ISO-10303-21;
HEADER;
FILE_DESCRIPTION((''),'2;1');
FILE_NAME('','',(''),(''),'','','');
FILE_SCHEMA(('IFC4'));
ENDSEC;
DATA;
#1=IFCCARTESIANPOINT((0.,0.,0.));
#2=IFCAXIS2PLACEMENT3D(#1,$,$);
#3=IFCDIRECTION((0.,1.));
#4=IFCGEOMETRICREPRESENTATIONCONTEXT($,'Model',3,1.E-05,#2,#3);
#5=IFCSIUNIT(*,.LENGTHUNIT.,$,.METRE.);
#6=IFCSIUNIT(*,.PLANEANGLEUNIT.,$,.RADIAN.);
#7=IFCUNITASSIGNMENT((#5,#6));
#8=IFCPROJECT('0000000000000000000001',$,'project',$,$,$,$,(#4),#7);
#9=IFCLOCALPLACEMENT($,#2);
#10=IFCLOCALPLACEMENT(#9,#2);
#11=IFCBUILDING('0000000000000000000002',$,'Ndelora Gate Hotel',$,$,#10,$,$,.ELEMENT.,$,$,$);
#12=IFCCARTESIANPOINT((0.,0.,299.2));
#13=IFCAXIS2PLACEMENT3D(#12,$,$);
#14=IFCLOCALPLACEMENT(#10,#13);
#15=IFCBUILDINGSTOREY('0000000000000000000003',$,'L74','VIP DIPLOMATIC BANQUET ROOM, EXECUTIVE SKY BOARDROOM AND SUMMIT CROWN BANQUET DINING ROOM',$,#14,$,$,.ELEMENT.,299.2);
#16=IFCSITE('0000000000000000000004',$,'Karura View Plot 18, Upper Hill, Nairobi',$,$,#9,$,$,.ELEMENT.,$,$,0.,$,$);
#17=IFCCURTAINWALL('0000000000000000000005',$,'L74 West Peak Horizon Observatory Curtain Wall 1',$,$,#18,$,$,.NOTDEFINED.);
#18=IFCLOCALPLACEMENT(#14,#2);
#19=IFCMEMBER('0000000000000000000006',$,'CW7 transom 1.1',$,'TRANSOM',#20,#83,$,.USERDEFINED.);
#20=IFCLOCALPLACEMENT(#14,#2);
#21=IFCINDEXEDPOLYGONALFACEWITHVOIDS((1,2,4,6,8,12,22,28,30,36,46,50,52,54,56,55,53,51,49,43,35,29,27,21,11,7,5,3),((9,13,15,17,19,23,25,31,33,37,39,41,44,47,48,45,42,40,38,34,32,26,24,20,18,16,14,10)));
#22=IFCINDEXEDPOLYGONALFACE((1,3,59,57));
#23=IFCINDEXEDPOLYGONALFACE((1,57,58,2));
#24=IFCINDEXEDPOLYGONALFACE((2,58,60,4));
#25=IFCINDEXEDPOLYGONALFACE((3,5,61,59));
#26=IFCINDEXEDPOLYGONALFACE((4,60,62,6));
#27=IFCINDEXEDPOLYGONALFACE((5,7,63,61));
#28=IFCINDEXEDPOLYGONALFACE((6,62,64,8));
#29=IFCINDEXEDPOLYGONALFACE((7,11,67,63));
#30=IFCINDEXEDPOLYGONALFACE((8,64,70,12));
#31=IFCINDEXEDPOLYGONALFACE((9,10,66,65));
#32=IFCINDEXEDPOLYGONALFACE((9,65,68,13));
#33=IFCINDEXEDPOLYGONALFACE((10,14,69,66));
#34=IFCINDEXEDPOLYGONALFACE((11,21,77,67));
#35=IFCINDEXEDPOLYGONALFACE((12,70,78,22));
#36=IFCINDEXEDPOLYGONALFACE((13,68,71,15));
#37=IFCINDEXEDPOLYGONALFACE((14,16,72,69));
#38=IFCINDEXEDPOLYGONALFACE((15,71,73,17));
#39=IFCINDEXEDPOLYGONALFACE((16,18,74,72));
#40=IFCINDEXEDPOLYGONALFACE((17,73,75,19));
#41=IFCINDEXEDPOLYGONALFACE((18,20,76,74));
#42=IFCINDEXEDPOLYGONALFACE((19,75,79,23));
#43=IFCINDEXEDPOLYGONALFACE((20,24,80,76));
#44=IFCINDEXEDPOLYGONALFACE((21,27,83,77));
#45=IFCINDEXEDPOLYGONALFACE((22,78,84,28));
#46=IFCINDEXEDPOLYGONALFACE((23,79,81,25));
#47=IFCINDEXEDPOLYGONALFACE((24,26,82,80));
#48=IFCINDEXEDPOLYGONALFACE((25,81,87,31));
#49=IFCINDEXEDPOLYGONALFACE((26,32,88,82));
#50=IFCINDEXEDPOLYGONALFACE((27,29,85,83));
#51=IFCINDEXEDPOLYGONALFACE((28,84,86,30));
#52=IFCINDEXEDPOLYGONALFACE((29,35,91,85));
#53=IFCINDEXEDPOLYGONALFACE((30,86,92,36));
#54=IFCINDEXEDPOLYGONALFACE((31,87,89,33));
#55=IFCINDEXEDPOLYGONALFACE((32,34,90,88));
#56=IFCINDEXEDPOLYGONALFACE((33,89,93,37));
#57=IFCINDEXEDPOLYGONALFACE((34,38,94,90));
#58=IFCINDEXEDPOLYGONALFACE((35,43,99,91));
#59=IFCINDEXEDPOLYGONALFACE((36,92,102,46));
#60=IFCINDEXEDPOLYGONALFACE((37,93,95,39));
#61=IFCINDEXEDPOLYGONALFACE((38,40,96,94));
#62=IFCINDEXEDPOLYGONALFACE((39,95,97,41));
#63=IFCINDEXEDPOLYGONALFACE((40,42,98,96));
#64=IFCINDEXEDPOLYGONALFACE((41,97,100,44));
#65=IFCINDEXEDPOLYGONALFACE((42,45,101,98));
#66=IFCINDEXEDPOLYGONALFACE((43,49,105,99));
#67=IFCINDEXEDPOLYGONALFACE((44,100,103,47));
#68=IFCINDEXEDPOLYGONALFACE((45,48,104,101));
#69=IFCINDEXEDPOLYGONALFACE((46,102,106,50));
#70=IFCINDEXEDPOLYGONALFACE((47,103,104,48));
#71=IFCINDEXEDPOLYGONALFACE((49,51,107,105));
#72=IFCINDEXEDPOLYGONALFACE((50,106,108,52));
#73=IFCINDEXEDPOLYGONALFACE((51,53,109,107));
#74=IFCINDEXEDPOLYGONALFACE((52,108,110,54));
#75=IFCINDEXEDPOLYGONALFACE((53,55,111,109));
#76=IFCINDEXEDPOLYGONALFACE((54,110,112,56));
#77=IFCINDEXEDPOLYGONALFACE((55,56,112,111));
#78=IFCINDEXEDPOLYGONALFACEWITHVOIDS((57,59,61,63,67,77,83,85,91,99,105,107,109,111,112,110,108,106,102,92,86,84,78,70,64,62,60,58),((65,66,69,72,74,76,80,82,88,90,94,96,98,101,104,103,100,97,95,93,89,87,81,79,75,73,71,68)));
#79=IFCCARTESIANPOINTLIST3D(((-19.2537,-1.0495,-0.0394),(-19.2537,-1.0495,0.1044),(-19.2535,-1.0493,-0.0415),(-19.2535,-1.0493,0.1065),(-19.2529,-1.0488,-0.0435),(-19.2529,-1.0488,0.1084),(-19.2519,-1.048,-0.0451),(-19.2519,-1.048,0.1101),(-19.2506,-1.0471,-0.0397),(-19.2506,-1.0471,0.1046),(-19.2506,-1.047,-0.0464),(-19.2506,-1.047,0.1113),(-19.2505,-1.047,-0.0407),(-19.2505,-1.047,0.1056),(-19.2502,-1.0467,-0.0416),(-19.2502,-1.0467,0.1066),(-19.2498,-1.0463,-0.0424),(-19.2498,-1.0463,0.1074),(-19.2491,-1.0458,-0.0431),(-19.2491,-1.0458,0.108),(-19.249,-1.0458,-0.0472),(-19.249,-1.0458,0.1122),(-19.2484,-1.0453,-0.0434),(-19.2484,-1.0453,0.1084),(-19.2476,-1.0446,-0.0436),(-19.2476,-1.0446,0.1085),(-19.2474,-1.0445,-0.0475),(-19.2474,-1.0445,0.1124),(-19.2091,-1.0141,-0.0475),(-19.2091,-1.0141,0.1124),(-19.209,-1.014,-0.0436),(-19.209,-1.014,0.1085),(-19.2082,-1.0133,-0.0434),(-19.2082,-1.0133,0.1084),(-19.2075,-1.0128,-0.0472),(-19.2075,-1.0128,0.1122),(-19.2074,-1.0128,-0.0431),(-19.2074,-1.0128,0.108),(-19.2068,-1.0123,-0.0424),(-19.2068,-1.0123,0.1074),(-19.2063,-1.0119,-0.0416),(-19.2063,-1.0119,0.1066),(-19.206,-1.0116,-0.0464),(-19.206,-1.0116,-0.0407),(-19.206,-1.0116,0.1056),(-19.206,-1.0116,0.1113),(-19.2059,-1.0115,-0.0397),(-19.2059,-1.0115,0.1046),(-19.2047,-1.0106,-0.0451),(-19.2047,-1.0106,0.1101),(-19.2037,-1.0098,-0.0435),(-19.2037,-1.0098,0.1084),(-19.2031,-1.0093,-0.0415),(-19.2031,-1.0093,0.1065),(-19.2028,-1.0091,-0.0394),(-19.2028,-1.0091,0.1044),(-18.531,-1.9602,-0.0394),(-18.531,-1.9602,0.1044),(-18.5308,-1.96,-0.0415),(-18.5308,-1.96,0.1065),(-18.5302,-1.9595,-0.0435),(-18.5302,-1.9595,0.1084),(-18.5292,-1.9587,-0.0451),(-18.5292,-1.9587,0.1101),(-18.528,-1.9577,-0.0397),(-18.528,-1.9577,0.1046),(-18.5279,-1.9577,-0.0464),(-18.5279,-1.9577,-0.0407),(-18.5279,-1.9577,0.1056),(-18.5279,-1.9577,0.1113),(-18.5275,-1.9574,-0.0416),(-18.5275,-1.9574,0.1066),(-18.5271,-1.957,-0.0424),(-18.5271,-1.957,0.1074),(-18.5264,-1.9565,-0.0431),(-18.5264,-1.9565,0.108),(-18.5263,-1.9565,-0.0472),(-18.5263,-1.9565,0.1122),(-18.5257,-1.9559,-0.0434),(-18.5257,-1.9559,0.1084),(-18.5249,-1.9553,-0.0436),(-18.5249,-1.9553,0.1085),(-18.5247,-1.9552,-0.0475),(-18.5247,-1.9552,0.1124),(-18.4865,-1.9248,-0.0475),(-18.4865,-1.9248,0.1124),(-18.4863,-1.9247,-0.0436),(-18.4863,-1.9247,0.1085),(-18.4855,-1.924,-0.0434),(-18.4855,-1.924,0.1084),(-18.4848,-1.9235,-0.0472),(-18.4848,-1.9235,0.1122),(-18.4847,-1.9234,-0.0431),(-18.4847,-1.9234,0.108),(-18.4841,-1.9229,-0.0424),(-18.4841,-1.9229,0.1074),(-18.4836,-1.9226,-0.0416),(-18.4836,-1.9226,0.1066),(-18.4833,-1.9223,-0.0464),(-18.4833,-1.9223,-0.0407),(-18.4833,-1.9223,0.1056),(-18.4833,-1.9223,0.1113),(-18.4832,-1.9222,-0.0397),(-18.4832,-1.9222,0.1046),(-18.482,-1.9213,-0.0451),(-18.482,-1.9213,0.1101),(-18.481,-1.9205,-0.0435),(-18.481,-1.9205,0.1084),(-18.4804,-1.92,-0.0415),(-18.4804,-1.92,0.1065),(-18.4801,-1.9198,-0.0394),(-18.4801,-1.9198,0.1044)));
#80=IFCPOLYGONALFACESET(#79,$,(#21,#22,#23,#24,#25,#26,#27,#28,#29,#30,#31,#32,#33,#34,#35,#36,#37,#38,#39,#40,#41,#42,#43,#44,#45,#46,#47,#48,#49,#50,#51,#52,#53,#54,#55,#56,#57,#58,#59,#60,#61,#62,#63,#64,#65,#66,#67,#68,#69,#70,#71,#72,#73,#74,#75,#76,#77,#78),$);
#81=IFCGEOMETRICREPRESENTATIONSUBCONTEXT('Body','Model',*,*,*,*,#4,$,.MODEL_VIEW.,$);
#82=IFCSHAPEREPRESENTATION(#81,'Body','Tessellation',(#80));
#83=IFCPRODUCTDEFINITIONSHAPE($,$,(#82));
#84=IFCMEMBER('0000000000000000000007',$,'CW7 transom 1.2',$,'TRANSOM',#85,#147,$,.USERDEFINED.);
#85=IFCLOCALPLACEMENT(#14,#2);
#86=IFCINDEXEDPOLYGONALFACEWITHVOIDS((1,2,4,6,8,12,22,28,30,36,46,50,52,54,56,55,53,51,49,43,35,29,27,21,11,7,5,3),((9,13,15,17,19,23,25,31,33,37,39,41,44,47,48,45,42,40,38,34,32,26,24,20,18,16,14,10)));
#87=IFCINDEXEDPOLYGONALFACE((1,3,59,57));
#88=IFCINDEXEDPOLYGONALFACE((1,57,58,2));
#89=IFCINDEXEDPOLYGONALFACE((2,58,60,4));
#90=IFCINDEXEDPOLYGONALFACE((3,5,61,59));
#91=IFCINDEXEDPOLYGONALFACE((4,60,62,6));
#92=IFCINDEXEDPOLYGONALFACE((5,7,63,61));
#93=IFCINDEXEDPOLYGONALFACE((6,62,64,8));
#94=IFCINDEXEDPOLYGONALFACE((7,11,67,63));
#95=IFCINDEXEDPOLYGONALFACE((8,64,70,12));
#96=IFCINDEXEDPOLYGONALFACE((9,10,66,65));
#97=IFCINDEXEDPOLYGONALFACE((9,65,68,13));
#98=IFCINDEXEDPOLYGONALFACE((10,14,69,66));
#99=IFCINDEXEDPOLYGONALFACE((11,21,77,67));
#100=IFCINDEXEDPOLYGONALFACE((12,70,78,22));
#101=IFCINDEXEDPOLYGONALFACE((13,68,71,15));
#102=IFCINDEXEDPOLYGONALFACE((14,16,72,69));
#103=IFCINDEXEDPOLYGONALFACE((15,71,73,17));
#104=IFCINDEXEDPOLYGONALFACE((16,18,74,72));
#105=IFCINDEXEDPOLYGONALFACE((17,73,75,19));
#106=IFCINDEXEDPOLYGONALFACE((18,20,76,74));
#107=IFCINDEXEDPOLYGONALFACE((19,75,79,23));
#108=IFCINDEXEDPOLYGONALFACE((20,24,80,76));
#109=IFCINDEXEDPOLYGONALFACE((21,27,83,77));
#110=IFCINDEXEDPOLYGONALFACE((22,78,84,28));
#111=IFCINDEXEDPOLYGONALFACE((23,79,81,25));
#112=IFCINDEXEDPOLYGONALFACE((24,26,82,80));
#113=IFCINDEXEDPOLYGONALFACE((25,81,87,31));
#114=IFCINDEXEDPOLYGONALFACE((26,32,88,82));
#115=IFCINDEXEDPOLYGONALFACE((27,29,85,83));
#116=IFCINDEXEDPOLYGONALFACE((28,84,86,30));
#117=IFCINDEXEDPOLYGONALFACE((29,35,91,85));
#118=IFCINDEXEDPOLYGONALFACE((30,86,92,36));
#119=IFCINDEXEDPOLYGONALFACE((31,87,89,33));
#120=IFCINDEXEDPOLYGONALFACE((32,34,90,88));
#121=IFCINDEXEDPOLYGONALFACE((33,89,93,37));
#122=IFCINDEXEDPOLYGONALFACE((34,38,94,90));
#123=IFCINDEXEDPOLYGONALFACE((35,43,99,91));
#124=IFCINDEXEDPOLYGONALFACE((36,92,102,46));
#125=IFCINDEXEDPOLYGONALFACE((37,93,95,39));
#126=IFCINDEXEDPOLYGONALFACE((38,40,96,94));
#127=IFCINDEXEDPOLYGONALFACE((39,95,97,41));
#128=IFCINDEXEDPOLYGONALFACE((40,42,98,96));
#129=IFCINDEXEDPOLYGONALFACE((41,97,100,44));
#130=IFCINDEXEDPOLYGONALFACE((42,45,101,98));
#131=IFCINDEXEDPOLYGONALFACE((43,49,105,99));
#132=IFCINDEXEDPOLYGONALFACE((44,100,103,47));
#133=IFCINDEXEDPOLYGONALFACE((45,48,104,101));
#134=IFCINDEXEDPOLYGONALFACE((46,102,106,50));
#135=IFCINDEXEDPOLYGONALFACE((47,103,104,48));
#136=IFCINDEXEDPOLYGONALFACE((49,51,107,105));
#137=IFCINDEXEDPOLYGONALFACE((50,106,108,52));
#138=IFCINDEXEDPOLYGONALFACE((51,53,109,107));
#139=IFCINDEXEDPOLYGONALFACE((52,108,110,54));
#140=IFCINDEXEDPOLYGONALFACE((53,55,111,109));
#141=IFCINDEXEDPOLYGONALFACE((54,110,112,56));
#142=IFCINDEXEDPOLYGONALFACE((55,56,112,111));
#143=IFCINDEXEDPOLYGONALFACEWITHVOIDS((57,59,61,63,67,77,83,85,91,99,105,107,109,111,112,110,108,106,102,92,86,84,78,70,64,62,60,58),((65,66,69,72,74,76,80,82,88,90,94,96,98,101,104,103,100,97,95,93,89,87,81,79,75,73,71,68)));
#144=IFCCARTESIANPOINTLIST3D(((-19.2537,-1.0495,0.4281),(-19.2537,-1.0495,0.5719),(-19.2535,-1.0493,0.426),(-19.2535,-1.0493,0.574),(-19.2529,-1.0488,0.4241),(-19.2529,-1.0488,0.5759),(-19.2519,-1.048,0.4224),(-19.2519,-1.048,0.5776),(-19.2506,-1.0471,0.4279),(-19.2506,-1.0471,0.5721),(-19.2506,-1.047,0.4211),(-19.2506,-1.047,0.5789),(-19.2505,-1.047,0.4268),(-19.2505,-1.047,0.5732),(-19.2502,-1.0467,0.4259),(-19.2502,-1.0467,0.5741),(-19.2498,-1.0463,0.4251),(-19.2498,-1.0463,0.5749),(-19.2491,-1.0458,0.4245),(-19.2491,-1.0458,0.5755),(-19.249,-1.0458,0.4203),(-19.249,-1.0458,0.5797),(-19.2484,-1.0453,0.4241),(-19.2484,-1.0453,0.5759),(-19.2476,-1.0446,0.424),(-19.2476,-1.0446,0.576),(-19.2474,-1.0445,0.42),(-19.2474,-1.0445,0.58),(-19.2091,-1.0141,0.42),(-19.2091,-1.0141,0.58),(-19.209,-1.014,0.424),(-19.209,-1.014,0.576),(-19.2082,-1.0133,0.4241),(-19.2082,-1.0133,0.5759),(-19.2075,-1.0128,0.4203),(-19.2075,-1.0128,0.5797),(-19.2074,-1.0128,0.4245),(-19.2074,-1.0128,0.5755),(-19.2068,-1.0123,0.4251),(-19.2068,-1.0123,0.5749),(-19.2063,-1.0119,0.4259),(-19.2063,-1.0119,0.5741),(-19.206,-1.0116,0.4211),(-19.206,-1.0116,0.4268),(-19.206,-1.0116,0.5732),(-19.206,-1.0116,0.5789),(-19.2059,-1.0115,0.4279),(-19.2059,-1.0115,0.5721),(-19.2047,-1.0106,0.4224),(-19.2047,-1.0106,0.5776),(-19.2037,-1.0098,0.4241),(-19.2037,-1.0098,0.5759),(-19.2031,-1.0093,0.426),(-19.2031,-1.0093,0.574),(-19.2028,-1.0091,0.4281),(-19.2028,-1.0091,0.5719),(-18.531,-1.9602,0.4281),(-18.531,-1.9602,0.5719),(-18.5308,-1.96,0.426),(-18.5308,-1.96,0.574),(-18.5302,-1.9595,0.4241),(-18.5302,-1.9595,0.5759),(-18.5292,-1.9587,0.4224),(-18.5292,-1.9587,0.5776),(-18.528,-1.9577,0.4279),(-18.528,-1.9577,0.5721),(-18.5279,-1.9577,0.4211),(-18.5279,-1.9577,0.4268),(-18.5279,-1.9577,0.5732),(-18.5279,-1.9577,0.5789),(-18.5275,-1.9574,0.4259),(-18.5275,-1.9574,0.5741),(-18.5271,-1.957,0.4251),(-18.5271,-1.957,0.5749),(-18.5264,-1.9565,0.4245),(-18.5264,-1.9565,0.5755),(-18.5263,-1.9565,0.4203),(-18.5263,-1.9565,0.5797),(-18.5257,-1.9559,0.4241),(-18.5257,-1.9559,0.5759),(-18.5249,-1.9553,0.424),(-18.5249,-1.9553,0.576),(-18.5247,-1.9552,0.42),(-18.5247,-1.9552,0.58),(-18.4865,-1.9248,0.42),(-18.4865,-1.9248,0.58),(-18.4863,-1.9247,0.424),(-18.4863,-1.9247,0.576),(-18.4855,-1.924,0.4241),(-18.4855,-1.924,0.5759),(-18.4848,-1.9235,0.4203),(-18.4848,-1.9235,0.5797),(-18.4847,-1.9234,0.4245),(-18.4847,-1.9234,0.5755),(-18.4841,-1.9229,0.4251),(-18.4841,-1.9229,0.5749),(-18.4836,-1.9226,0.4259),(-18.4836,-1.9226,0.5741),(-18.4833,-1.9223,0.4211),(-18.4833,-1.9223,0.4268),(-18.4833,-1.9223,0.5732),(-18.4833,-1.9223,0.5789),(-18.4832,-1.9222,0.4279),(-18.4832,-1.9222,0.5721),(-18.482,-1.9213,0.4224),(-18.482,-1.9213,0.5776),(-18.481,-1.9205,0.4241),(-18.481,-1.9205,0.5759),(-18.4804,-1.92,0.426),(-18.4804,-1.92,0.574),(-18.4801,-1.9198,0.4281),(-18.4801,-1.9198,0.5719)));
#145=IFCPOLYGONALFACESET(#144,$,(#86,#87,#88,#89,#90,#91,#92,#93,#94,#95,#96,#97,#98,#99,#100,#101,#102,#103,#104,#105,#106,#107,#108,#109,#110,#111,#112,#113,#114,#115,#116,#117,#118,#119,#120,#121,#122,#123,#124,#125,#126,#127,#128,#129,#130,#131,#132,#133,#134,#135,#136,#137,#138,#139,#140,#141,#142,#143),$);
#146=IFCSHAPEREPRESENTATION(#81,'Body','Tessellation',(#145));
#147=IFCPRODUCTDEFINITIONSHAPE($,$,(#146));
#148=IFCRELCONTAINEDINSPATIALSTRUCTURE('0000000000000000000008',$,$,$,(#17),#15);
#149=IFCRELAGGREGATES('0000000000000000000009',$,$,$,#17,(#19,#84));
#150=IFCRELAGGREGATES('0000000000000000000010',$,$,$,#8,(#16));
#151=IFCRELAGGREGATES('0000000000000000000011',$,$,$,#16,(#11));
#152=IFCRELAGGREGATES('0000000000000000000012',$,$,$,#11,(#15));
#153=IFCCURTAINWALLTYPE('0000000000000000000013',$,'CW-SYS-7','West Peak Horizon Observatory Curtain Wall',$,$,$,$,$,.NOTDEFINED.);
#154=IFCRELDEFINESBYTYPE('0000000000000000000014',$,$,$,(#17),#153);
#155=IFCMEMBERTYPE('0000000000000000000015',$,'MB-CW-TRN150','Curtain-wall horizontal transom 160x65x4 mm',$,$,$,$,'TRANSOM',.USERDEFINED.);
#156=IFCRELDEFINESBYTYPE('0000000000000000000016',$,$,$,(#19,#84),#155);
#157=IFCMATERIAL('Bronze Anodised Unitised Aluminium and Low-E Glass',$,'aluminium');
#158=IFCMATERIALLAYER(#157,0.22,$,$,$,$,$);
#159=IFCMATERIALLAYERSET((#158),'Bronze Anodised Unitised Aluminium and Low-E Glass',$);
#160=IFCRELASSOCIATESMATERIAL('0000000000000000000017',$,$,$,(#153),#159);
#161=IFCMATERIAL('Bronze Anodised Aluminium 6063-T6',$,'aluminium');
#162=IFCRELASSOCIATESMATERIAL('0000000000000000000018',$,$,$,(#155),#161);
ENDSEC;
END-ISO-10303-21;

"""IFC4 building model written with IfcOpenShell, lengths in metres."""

from ifc_helpers import new_model, si_unit, direction, frame, origin, origin_2d, place, context, subcontext, project, spatial, hollow_rectangle, extrude, material, layer, layer_set, material_profile, profile_set, type_object, element, aggregate, save


model = new_model("IFC4")

# Units and contexts
model_context = context("Model", 3, precision=1e-05, world=origin(), true_north=direction((0.0, 1.0)))
body_context = subcontext(model_context, "Body", "Model", "MODEL_VIEW")
ifc_project = project(units=[si_unit("LENGTHUNIT", "METRE"), si_unit("PLANEANGLEUNIT", "RADIAN")], contexts=[model_context])

# Site, building, storey
site_placement = place(None, origin())
site = spatial("IfcSite", under=ifc_project, at=site_placement, Name="Karura View Plot 18, Upper Hill, Nairobi", CompositionType="ELEMENT", RefElevation=0.0)
building_placement = place(site_placement, origin())
building = spatial("IfcBuilding", under=site, at=building_placement, Name="Ndelora Gate Hotel", CompositionType="ELEMENT")
storey_placement = place(building_placement, frame((0.0, 0.0, 299.2)))
storey = spatial("IfcBuildingStorey", under=building, at=storey_placement, Name="L74", Description="VIP DIPLOMATIC BANQUET ROOM, EXECUTIVE SKY BOARDROOM AND SUMMIT CROWN BANQUET DINING ROOM", CompositionType="ELEMENT", Elevation=299.2)

# Curtain wall
ifc_material_1 = material(Name="Bronze Anodised Unitised Aluminium and Low-E Glass", Category="aluminium")
ifc_layer_1 = layer(ifc_material_1, 0.22)
ifc_layer_set_1 = layer_set([ifc_layer_1], Name="Bronze Anodised Unitised Aluminium and Low-E Glass")
curtain_wall_type = type_object("IfcCurtainWallType", Name="CW-SYS-7", Description="West Peak Horizon Observatory Curtain Wall", PredefinedType="NOTDEFINED", material=ifc_layer_set_1)
curtain_wall_1_placement = place(storey_placement, origin())
curtain_wall_1 = element("IfcCurtainWall", 1, at=curtain_wall_1_placement, inside=storey, type_object=curtain_wall_type, Name="L74 West Peak Horizon Observatory Curtain Wall 1", PredefinedType="NOTDEFINED")
ifc_material_2 = material(Name="Bronze Anodised Aluminium 6063-T6", Category="aluminium")

# Members
ifc_material_profile_1 = material_profile(ifc_material_2, hollow_rectangle(XDim=0.0649, YDim=0.1599, WallThickness=0.0039, InnerFilletRadius=0.0039, OuterFilletRadius=0.0081, at=origin_2d()), Name="ALU 160x65x4")
ifc_profile_set_1 = profile_set([ifc_material_profile_1], Name="Bronze Anodised Aluminium 6063-T6")
member_type_1 = type_object("IfcMemberType", Name="MB-CW-TRN150", Description="Curtain-wall horizontal transom 160x65x4 mm", ElementType="TRANSOM", PredefinedType="USERDEFINED", material=ifc_profile_set_1)
member_1_placement = place(storey_placement, frame((-19.2283, -1.0293, 0.0325), z_axis=(0.621617, -0.783321, 0.0), x_axis=(0.783321, 0.621617, 0.0)))
member_1 = element("IfcMember", 2, at=member_1_placement, type_object=member_type_1, Name="CW7 transom 1.1", ObjectType="TRANSOM", PredefinedType="USERDEFINED", context=body_context, shape_type="SweptSolid", body=[
    extrude(hollow_rectangle(XDim=0.0649, YDim=0.1599, WallThickness=0.0039, InnerFilletRadius=0.0039, OuterFilletRadius=0.0081, at=origin_2d()), origin(), (0.0, 0.0, 1.0), 1.1626),
])
member_2_placement = place(storey_placement, frame((-19.2283, -1.0293, 0.5), z_axis=(0.621617, -0.783321, 0.0), x_axis=(0.783321, 0.621617, 0.0)))
member_2 = element("IfcMember", 3, at=member_2_placement, type_object=member_type_1, Name="CW7 transom 1.2", ObjectType="TRANSOM", PredefinedType="USERDEFINED", context=body_context, shape_type="SweptSolid", body=[
    extrude(hollow_rectangle(XDim=0.0649, YDim=0.1599, WallThickness=0.0039, InnerFilletRadius=0.0039, OuterFilletRadius=0.0081, at=origin_2d()), origin(), (0.0, 0.0, 1.0), 1.1626),
])

aggregate(curtain_wall_1, [member_1, member_2])

save(model, "model.ifc")
